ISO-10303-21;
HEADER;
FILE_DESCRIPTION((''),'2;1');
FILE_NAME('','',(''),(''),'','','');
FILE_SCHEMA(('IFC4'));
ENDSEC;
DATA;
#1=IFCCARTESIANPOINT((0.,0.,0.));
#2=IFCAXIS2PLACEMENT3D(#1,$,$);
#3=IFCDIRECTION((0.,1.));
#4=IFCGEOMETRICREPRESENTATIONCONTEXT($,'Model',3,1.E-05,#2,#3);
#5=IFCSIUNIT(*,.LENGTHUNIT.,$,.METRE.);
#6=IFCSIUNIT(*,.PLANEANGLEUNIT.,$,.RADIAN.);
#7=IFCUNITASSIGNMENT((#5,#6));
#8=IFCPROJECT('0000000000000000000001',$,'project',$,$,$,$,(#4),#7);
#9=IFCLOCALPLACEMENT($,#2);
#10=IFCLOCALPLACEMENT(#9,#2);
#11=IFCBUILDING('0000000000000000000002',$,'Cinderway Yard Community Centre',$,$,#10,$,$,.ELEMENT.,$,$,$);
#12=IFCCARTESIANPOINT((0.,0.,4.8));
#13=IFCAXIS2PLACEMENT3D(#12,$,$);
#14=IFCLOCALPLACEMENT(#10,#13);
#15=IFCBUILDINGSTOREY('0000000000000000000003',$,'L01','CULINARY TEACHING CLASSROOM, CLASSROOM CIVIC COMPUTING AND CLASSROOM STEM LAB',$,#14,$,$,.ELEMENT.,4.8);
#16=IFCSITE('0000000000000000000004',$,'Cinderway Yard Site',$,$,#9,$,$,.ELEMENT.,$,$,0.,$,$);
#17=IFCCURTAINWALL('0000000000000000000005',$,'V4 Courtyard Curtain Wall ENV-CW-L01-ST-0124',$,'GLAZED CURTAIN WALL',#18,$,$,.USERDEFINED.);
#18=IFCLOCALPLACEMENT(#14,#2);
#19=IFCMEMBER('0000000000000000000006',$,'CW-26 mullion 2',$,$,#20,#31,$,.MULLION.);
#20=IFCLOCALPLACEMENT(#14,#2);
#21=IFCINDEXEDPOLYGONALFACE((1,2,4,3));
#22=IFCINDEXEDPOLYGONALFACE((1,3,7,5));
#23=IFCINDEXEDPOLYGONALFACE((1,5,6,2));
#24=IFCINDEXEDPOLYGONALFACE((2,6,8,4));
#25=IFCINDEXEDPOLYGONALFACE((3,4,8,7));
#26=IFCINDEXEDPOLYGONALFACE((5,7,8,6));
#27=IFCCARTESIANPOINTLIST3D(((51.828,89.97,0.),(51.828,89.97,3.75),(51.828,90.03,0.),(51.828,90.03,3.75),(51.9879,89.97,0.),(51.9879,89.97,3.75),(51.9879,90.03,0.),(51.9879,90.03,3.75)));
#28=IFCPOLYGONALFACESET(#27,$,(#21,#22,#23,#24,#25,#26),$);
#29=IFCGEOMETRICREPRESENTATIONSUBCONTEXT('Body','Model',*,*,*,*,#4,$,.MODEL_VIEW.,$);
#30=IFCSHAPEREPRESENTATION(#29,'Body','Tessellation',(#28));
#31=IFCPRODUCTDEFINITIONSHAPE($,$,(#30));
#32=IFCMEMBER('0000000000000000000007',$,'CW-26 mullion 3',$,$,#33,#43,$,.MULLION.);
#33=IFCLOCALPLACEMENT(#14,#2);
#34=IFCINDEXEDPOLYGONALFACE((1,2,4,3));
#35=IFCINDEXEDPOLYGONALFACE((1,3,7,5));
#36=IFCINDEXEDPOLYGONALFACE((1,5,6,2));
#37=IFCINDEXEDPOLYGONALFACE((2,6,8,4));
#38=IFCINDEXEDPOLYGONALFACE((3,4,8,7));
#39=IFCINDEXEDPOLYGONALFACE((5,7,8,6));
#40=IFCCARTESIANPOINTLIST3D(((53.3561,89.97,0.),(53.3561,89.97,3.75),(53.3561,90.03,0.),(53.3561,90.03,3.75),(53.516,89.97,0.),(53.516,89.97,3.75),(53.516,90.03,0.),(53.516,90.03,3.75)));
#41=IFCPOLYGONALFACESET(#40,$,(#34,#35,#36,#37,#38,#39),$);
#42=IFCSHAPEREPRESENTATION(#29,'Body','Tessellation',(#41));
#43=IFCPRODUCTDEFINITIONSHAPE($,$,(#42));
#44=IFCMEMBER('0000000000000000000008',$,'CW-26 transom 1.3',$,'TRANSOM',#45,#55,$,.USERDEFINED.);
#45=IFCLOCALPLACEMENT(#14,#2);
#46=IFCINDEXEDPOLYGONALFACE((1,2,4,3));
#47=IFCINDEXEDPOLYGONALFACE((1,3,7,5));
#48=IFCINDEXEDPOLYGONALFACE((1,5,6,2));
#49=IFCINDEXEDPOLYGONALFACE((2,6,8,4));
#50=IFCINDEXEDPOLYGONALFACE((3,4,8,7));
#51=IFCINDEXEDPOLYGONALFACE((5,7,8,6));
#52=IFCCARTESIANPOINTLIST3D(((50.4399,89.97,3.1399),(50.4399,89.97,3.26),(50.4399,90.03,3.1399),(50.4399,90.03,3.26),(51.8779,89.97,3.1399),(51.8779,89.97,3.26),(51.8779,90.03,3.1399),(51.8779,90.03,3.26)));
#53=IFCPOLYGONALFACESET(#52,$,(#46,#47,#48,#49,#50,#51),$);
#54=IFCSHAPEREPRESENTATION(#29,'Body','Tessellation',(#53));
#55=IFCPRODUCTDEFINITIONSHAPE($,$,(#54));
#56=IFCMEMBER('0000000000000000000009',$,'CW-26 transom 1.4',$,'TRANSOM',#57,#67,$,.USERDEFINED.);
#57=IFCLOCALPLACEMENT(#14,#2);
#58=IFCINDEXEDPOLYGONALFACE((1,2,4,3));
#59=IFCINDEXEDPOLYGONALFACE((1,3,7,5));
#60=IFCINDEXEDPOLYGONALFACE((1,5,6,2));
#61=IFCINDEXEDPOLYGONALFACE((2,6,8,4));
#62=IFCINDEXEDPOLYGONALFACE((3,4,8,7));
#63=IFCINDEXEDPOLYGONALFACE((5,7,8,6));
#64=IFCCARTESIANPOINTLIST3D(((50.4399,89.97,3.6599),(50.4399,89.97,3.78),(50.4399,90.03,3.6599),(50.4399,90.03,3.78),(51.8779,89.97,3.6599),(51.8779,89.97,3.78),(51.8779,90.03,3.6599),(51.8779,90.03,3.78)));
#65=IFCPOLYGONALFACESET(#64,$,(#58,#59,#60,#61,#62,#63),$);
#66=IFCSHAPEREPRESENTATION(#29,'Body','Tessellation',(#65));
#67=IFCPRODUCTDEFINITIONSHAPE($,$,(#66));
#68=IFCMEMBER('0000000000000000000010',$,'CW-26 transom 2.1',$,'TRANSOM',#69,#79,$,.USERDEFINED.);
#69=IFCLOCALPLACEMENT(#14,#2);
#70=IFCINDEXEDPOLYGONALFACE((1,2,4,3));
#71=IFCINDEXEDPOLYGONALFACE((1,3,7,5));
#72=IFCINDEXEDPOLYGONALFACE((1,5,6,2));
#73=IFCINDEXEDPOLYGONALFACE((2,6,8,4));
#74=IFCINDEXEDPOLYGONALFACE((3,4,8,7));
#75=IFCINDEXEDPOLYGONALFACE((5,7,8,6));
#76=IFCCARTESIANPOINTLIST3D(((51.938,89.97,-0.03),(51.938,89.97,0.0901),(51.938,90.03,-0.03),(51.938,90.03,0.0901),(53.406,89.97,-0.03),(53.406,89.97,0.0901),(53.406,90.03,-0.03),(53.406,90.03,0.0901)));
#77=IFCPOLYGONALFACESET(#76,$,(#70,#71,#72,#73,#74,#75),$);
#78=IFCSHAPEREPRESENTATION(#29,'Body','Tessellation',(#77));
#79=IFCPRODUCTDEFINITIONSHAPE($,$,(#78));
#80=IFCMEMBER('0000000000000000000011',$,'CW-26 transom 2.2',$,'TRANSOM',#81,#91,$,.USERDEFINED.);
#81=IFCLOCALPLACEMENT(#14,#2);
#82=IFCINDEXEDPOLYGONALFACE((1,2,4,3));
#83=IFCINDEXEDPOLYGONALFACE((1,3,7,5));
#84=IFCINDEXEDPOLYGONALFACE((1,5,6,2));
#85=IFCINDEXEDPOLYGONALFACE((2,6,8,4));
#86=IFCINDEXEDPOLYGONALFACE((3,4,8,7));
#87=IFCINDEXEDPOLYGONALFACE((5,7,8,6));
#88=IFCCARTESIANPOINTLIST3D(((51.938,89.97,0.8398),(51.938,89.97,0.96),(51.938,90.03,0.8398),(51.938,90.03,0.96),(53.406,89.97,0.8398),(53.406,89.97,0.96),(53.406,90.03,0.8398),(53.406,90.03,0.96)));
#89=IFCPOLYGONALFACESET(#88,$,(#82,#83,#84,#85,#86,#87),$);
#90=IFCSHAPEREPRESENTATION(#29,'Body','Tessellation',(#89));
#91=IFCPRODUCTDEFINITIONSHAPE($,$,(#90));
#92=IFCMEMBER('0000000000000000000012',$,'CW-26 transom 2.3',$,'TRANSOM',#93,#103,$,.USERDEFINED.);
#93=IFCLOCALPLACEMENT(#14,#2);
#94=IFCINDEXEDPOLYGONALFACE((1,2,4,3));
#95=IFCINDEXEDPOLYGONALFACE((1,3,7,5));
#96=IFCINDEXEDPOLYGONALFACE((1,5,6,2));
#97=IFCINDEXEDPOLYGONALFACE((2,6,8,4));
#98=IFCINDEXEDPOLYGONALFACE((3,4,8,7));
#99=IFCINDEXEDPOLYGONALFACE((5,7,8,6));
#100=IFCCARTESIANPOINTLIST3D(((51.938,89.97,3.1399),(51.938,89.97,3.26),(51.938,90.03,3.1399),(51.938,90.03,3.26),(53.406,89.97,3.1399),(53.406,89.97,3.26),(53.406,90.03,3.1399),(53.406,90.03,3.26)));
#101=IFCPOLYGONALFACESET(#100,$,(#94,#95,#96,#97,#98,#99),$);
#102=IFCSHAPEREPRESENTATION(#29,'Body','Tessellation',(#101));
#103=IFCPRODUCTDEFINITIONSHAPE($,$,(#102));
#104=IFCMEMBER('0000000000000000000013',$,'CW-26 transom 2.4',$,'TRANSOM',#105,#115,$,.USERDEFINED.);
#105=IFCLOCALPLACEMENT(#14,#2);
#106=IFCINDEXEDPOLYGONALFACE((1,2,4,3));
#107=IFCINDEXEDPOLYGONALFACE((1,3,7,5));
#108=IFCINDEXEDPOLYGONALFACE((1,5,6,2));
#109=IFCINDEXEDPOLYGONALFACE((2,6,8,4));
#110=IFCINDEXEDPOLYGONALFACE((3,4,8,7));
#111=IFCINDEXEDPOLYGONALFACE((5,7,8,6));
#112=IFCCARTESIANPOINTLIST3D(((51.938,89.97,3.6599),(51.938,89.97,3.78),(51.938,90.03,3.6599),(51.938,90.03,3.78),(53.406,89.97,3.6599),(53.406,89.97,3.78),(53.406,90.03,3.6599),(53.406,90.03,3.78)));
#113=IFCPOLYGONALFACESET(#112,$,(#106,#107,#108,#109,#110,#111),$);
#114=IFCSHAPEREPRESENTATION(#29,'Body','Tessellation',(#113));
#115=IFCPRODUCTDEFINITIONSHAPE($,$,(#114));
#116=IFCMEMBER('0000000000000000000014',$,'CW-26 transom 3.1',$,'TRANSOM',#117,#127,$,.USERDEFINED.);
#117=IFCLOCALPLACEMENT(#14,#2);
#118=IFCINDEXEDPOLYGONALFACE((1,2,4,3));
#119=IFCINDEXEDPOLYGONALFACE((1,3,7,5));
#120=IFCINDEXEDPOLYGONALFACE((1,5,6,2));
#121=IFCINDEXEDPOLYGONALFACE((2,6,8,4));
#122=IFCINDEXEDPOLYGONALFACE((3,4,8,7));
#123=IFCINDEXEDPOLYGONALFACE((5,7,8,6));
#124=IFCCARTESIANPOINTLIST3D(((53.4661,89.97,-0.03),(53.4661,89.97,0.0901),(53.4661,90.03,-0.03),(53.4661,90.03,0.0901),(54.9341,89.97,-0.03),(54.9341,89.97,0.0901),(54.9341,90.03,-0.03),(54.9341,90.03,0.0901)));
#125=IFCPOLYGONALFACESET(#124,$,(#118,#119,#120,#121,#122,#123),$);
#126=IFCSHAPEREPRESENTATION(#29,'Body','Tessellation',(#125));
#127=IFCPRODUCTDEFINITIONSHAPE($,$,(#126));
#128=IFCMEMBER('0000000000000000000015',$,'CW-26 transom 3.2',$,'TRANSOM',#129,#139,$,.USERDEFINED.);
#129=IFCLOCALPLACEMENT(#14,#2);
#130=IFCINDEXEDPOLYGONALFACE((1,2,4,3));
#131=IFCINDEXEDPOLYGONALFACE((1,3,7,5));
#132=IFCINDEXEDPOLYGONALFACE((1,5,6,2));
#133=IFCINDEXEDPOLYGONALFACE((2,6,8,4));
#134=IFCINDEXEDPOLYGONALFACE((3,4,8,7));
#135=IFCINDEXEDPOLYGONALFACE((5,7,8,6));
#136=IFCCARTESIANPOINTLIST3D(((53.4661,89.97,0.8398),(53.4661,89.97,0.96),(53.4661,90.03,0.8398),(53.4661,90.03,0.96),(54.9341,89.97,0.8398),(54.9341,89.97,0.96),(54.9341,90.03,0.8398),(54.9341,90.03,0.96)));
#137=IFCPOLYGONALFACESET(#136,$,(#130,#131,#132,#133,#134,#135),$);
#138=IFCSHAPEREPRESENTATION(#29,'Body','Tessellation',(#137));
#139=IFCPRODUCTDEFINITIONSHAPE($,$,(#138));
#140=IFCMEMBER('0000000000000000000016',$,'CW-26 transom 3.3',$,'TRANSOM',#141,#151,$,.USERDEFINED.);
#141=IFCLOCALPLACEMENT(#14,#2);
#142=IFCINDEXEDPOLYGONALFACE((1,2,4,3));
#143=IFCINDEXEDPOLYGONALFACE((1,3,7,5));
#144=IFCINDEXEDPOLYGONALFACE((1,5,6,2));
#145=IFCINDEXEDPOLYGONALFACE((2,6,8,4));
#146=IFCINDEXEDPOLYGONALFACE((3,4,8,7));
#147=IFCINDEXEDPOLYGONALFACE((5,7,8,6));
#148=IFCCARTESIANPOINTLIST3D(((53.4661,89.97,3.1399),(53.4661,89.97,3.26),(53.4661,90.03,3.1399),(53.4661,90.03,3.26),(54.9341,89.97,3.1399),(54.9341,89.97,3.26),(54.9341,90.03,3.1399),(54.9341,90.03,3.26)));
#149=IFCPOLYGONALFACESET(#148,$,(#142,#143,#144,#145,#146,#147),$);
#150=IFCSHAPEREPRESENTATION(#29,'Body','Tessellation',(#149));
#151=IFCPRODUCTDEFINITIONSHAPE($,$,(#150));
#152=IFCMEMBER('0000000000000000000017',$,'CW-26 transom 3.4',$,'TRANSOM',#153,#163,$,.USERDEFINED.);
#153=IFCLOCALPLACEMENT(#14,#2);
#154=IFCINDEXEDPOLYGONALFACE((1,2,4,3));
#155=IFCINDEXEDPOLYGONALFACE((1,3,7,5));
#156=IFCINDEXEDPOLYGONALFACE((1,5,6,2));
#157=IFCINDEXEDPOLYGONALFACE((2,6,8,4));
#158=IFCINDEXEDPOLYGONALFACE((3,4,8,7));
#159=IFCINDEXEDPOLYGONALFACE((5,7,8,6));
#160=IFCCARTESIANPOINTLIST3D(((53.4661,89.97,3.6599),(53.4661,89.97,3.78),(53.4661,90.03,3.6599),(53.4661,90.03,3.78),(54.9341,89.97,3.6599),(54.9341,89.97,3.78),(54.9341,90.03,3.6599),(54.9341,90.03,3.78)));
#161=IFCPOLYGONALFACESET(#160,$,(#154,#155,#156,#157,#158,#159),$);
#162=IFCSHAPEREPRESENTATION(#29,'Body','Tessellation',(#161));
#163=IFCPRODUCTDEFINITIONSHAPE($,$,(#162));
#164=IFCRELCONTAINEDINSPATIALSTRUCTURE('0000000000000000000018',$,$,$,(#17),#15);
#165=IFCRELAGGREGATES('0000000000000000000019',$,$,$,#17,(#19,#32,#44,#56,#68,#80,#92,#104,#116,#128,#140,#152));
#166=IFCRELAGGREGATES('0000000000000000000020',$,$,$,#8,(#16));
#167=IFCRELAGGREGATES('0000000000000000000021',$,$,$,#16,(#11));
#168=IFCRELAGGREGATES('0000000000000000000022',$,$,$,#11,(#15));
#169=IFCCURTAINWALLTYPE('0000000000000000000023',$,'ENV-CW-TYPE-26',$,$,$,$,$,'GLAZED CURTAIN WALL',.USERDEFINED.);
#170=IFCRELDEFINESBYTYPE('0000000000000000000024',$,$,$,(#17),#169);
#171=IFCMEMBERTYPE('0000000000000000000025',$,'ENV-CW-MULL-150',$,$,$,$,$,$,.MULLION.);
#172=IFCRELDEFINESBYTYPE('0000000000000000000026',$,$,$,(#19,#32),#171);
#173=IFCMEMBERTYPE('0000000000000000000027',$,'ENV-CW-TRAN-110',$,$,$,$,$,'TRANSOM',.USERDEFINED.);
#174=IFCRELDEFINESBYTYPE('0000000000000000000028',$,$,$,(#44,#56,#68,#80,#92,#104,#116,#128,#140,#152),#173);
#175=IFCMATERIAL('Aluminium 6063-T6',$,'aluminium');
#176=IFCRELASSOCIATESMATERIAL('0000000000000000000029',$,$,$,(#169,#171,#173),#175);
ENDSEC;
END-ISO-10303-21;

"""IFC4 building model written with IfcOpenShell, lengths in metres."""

from ifc_helpers import new_model, si_unit, direction, frame, origin, origin_2d, place, context, subcontext, project, spatial, rectangle, extrude, material, material_profile, profile_set, type_object, element, aggregate, save


model = new_model("IFC4")

# Units and contexts
model_context = context("Model", 3, precision=1e-05, world=origin(), true_north=direction((0.0, 1.0)))
body_context = subcontext(model_context, "Body", "Model", "MODEL_VIEW")
ifc_project = project(units=[si_unit("LENGTHUNIT", "METRE"), si_unit("PLANEANGLEUNIT", "RADIAN")], contexts=[model_context])

# Site, building, storey
site_placement = place(None, origin())
site = spatial("IfcSite", under=ifc_project, at=site_placement, Name="Cinderway Yard Site", CompositionType="ELEMENT", RefElevation=0.0)
building_placement = place(site_placement, origin())
building = spatial("IfcBuilding", under=site, at=building_placement, Name="Cinderway Yard Community Centre", CompositionType="ELEMENT")
storey_placement = place(building_placement, frame((0.0, 0.0, 4.8)))
storey = spatial("IfcBuildingStorey", under=building, at=storey_placement, Name="L01", Description="CULINARY TEACHING CLASSROOM, CLASSROOM CIVIC COMPUTING AND CLASSROOM STEM LAB", CompositionType="ELEMENT", Elevation=4.8)

# Curtain wall, members
ifc_material_1 = material(Name="Aluminium 6063-T6", Category="aluminium")
curtain_wall_type = type_object("IfcCurtainWallType", Name="ENV-CW-TYPE-26", ElementType="GLAZED CURTAIN WALL", PredefinedType="USERDEFINED", material=ifc_material_1)
curtain_wall_placement = place(storey_placement, origin())
curtain_wall = element("IfcCurtainWall", 1, at=curtain_wall_placement, inside=storey, type_object=curtain_wall_type, Name="V4 Courtyard Curtain Wall ENV-CW-L01-ST-0124", ObjectType="GLAZED CURTAIN WALL", PredefinedType="USERDEFINED")
ifc_material_profile_1 = material_profile(ifc_material_1, rectangle(XDim=0.0601, YDim=0.1599, at=origin_2d()), Name="Aluminium 6063-T6")
ifc_profile_set_1 = profile_set([ifc_material_profile_1], Name="Aluminium 6063-T6")
member_type_1 = type_object("IfcMemberType", Name="ENV-CW-MULL-150", PredefinedType="MULLION", material=ifc_profile_set_1)
member_1_placement = place(storey_placement, frame((51.908, 90.0, 0.0), z_axis=(0.0, 0.0, 1.0), x_axis=(0.0, 1.0, 0.0)))
member_1 = element("IfcMember", 2, at=member_1_placement, type_object=member_type_1, Name="CW-26 mullion 2", PredefinedType="MULLION", context=body_context, shape_type="SweptSolid", body=[
    extrude(rectangle(XDim=0.0601, YDim=0.1599, at=origin_2d()), origin(), (0.0, 0.0, 1.0), 3.75),
])
member_2_placement = place(storey_placement, frame((53.436, 90.0, 0.0), z_axis=(0.0, 0.0, 1.0), x_axis=(0.0, 1.0, 0.0)))
member_2 = element("IfcMember", 3, at=member_2_placement, type_object=member_type_1, Name="CW-26 mullion 3", PredefinedType="MULLION", context=body_context, shape_type="SweptSolid", body=[
    extrude(rectangle(XDim=0.0601, YDim=0.1599, at=origin_2d()), origin(), (0.0, 0.0, 1.0), 3.75),
])
ifc_material_profile_2 = material_profile(ifc_material_1, rectangle(XDim=0.0601, YDim=0.1201, at=origin_2d()), Name="Aluminium 6063-T6")
ifc_profile_set_2 = profile_set([ifc_material_profile_2], Name="Aluminium 6063-T6")
member_type_2 = type_object("IfcMemberType", Name="ENV-CW-TRAN-110", ElementType="TRANSOM", PredefinedType="USERDEFINED", material=ifc_profile_set_2)
member_3_placement = place(storey_placement, frame((50.4399, 90.0, 3.2), z_axis=(1.0, 0.0, 0.0), x_axis=(0.0, 1.0, 0.0)))
member_3 = element("IfcMember", 4, at=member_3_placement, type_object=member_type_2, Name="CW-26 transom 1.3", ObjectType="TRANSOM", PredefinedType="USERDEFINED", context=body_context, shape_type="SweptSolid", body=[
    extrude(rectangle(XDim=0.0601, YDim=0.1201, at=origin_2d()), origin(), (0.0, 0.0, 1.0), 1.438),
])
member_4_placement = place(storey_placement, frame((50.4399, 90.0, 3.72), z_axis=(1.0, 0.0, 0.0), x_axis=(0.0, 1.0, 0.0)))
member_4 = element("IfcMember", 5, at=member_4_placement, type_object=member_type_2, Name="CW-26 transom 1.4", ObjectType="TRANSOM", PredefinedType="USERDEFINED", context=body_context, shape_type="SweptSolid", body=[
    extrude(rectangle(XDim=0.0601, YDim=0.1201, at=origin_2d()), origin(), (0.0, 0.0, 1.0), 1.438),
])
member_5_placement = place(storey_placement, frame((51.938, 90.0, 0.03), z_axis=(1.0, 0.0, 0.0), x_axis=(0.0, 1.0, 0.0)))
member_5 = element("IfcMember", 6, at=member_5_placement, type_object=member_type_2, Name="CW-26 transom 2.1", ObjectType="TRANSOM", PredefinedType="USERDEFINED", context=body_context, shape_type="SweptSolid", body=[
    extrude(rectangle(XDim=0.0601, YDim=0.1201, at=origin_2d()), origin(), (0.0, 0.0, 1.0), 1.468),
])
member_6_placement = place(storey_placement, frame((51.938, 90.0, 0.8999), z_axis=(1.0, 0.0, 0.0), x_axis=(0.0, 1.0, 0.0)))
member_6 = element("IfcMember", 7, at=member_6_placement, type_object=member_type_2, Name="CW-26 transom 2.2", ObjectType="TRANSOM", PredefinedType="USERDEFINED", context=body_context, shape_type="SweptSolid", body=[
    extrude(rectangle(XDim=0.0601, YDim=0.1201, at=origin_2d()), origin(), (0.0, 0.0, 1.0), 1.468),
])
member_7_placement = place(storey_placement, frame((51.938, 90.0, 3.2), z_axis=(1.0, 0.0, 0.0), x_axis=(0.0, 1.0, 0.0)))
member_7 = element("IfcMember", 8, at=member_7_placement, type_object=member_type_2, Name="CW-26 transom 2.3", ObjectType="TRANSOM", PredefinedType="USERDEFINED", context=body_context, shape_type="SweptSolid", body=[
    extrude(rectangle(XDim=0.0601, YDim=0.1201, at=origin_2d()), origin(), (0.0, 0.0, 1.0), 1.468),
])
member_8_placement = place(storey_placement, frame((51.938, 90.0, 3.72), z_axis=(1.0, 0.0, 0.0), x_axis=(0.0, 1.0, 0.0)))
member_8 = element("IfcMember", 9, at=member_8_placement, type_object=member_type_2, Name="CW-26 transom 2.4", ObjectType="TRANSOM", PredefinedType="USERDEFINED", context=body_context, shape_type="SweptSolid", body=[
    extrude(rectangle(XDim=0.0601, YDim=0.1201, at=origin_2d()), origin(), (0.0, 0.0, 1.0), 1.468),
])
member_9_placement = place(storey_placement, frame((53.4661, 90.0, 0.03), z_axis=(1.0, 0.0, 0.0), x_axis=(0.0, 1.0, 0.0)))
member_9 = element("IfcMember", 10, at=member_9_placement, type_object=member_type_2, Name="CW-26 transom 3.1", ObjectType="TRANSOM", PredefinedType="USERDEFINED", context=body_context, shape_type="SweptSolid", body=[
    extrude(rectangle(XDim=0.0601, YDim=0.1201, at=origin_2d()), origin(), (0.0, 0.0, 1.0), 1.468),
])
member_10_placement = place(storey_placement, frame((53.4661, 90.0, 0.8999), z_axis=(1.0, 0.0, 0.0), x_axis=(0.0, 1.0, 0.0)))
member_10 = element("IfcMember", 11, at=member_10_placement, type_object=member_type_2, Name="CW-26 transom 3.2", ObjectType="TRANSOM", PredefinedType="USERDEFINED", context=body_context, shape_type="SweptSolid", body=[
    extrude(rectangle(XDim=0.0601, YDim=0.1201, at=origin_2d()), origin(), (0.0, 0.0, 1.0), 1.468),
])
member_11_placement = place(storey_placement, frame((53.4661, 90.0, 3.2), z_axis=(1.0, 0.0, 0.0), x_axis=(0.0, 1.0, 0.0)))
member_11 = element("IfcMember", 12, at=member_11_placement, type_object=member_type_2, Name="CW-26 transom 3.3", ObjectType="TRANSOM", PredefinedType="USERDEFINED", context=body_context, shape_type="SweptSolid", body=[
    extrude(rectangle(XDim=0.0601, YDim=0.1201, at=origin_2d()), origin(), (0.0, 0.0, 1.0), 1.468),
])
member_12_placement = place(storey_placement, frame((53.4661, 90.0, 3.72), z_axis=(1.0, 0.0, 0.0), x_axis=(0.0, 1.0, 0.0)))
member_12 = element("IfcMember", 13, at=member_12_placement, type_object=member_type_2, Name="CW-26 transom 3.4", ObjectType="TRANSOM", PredefinedType="USERDEFINED", context=body_context, shape_type="SweptSolid", body=[
    extrude(rectangle(XDim=0.0601, YDim=0.1201, at=origin_2d()), origin(), (0.0, 0.0, 1.0), 1.468),
])

aggregate(curtain_wall, [member_1, member_2, member_3, member_4, member_5, member_6, member_7, member_8, member_9, member_10, member_11, member_12])

save(model, "model.ifc")
